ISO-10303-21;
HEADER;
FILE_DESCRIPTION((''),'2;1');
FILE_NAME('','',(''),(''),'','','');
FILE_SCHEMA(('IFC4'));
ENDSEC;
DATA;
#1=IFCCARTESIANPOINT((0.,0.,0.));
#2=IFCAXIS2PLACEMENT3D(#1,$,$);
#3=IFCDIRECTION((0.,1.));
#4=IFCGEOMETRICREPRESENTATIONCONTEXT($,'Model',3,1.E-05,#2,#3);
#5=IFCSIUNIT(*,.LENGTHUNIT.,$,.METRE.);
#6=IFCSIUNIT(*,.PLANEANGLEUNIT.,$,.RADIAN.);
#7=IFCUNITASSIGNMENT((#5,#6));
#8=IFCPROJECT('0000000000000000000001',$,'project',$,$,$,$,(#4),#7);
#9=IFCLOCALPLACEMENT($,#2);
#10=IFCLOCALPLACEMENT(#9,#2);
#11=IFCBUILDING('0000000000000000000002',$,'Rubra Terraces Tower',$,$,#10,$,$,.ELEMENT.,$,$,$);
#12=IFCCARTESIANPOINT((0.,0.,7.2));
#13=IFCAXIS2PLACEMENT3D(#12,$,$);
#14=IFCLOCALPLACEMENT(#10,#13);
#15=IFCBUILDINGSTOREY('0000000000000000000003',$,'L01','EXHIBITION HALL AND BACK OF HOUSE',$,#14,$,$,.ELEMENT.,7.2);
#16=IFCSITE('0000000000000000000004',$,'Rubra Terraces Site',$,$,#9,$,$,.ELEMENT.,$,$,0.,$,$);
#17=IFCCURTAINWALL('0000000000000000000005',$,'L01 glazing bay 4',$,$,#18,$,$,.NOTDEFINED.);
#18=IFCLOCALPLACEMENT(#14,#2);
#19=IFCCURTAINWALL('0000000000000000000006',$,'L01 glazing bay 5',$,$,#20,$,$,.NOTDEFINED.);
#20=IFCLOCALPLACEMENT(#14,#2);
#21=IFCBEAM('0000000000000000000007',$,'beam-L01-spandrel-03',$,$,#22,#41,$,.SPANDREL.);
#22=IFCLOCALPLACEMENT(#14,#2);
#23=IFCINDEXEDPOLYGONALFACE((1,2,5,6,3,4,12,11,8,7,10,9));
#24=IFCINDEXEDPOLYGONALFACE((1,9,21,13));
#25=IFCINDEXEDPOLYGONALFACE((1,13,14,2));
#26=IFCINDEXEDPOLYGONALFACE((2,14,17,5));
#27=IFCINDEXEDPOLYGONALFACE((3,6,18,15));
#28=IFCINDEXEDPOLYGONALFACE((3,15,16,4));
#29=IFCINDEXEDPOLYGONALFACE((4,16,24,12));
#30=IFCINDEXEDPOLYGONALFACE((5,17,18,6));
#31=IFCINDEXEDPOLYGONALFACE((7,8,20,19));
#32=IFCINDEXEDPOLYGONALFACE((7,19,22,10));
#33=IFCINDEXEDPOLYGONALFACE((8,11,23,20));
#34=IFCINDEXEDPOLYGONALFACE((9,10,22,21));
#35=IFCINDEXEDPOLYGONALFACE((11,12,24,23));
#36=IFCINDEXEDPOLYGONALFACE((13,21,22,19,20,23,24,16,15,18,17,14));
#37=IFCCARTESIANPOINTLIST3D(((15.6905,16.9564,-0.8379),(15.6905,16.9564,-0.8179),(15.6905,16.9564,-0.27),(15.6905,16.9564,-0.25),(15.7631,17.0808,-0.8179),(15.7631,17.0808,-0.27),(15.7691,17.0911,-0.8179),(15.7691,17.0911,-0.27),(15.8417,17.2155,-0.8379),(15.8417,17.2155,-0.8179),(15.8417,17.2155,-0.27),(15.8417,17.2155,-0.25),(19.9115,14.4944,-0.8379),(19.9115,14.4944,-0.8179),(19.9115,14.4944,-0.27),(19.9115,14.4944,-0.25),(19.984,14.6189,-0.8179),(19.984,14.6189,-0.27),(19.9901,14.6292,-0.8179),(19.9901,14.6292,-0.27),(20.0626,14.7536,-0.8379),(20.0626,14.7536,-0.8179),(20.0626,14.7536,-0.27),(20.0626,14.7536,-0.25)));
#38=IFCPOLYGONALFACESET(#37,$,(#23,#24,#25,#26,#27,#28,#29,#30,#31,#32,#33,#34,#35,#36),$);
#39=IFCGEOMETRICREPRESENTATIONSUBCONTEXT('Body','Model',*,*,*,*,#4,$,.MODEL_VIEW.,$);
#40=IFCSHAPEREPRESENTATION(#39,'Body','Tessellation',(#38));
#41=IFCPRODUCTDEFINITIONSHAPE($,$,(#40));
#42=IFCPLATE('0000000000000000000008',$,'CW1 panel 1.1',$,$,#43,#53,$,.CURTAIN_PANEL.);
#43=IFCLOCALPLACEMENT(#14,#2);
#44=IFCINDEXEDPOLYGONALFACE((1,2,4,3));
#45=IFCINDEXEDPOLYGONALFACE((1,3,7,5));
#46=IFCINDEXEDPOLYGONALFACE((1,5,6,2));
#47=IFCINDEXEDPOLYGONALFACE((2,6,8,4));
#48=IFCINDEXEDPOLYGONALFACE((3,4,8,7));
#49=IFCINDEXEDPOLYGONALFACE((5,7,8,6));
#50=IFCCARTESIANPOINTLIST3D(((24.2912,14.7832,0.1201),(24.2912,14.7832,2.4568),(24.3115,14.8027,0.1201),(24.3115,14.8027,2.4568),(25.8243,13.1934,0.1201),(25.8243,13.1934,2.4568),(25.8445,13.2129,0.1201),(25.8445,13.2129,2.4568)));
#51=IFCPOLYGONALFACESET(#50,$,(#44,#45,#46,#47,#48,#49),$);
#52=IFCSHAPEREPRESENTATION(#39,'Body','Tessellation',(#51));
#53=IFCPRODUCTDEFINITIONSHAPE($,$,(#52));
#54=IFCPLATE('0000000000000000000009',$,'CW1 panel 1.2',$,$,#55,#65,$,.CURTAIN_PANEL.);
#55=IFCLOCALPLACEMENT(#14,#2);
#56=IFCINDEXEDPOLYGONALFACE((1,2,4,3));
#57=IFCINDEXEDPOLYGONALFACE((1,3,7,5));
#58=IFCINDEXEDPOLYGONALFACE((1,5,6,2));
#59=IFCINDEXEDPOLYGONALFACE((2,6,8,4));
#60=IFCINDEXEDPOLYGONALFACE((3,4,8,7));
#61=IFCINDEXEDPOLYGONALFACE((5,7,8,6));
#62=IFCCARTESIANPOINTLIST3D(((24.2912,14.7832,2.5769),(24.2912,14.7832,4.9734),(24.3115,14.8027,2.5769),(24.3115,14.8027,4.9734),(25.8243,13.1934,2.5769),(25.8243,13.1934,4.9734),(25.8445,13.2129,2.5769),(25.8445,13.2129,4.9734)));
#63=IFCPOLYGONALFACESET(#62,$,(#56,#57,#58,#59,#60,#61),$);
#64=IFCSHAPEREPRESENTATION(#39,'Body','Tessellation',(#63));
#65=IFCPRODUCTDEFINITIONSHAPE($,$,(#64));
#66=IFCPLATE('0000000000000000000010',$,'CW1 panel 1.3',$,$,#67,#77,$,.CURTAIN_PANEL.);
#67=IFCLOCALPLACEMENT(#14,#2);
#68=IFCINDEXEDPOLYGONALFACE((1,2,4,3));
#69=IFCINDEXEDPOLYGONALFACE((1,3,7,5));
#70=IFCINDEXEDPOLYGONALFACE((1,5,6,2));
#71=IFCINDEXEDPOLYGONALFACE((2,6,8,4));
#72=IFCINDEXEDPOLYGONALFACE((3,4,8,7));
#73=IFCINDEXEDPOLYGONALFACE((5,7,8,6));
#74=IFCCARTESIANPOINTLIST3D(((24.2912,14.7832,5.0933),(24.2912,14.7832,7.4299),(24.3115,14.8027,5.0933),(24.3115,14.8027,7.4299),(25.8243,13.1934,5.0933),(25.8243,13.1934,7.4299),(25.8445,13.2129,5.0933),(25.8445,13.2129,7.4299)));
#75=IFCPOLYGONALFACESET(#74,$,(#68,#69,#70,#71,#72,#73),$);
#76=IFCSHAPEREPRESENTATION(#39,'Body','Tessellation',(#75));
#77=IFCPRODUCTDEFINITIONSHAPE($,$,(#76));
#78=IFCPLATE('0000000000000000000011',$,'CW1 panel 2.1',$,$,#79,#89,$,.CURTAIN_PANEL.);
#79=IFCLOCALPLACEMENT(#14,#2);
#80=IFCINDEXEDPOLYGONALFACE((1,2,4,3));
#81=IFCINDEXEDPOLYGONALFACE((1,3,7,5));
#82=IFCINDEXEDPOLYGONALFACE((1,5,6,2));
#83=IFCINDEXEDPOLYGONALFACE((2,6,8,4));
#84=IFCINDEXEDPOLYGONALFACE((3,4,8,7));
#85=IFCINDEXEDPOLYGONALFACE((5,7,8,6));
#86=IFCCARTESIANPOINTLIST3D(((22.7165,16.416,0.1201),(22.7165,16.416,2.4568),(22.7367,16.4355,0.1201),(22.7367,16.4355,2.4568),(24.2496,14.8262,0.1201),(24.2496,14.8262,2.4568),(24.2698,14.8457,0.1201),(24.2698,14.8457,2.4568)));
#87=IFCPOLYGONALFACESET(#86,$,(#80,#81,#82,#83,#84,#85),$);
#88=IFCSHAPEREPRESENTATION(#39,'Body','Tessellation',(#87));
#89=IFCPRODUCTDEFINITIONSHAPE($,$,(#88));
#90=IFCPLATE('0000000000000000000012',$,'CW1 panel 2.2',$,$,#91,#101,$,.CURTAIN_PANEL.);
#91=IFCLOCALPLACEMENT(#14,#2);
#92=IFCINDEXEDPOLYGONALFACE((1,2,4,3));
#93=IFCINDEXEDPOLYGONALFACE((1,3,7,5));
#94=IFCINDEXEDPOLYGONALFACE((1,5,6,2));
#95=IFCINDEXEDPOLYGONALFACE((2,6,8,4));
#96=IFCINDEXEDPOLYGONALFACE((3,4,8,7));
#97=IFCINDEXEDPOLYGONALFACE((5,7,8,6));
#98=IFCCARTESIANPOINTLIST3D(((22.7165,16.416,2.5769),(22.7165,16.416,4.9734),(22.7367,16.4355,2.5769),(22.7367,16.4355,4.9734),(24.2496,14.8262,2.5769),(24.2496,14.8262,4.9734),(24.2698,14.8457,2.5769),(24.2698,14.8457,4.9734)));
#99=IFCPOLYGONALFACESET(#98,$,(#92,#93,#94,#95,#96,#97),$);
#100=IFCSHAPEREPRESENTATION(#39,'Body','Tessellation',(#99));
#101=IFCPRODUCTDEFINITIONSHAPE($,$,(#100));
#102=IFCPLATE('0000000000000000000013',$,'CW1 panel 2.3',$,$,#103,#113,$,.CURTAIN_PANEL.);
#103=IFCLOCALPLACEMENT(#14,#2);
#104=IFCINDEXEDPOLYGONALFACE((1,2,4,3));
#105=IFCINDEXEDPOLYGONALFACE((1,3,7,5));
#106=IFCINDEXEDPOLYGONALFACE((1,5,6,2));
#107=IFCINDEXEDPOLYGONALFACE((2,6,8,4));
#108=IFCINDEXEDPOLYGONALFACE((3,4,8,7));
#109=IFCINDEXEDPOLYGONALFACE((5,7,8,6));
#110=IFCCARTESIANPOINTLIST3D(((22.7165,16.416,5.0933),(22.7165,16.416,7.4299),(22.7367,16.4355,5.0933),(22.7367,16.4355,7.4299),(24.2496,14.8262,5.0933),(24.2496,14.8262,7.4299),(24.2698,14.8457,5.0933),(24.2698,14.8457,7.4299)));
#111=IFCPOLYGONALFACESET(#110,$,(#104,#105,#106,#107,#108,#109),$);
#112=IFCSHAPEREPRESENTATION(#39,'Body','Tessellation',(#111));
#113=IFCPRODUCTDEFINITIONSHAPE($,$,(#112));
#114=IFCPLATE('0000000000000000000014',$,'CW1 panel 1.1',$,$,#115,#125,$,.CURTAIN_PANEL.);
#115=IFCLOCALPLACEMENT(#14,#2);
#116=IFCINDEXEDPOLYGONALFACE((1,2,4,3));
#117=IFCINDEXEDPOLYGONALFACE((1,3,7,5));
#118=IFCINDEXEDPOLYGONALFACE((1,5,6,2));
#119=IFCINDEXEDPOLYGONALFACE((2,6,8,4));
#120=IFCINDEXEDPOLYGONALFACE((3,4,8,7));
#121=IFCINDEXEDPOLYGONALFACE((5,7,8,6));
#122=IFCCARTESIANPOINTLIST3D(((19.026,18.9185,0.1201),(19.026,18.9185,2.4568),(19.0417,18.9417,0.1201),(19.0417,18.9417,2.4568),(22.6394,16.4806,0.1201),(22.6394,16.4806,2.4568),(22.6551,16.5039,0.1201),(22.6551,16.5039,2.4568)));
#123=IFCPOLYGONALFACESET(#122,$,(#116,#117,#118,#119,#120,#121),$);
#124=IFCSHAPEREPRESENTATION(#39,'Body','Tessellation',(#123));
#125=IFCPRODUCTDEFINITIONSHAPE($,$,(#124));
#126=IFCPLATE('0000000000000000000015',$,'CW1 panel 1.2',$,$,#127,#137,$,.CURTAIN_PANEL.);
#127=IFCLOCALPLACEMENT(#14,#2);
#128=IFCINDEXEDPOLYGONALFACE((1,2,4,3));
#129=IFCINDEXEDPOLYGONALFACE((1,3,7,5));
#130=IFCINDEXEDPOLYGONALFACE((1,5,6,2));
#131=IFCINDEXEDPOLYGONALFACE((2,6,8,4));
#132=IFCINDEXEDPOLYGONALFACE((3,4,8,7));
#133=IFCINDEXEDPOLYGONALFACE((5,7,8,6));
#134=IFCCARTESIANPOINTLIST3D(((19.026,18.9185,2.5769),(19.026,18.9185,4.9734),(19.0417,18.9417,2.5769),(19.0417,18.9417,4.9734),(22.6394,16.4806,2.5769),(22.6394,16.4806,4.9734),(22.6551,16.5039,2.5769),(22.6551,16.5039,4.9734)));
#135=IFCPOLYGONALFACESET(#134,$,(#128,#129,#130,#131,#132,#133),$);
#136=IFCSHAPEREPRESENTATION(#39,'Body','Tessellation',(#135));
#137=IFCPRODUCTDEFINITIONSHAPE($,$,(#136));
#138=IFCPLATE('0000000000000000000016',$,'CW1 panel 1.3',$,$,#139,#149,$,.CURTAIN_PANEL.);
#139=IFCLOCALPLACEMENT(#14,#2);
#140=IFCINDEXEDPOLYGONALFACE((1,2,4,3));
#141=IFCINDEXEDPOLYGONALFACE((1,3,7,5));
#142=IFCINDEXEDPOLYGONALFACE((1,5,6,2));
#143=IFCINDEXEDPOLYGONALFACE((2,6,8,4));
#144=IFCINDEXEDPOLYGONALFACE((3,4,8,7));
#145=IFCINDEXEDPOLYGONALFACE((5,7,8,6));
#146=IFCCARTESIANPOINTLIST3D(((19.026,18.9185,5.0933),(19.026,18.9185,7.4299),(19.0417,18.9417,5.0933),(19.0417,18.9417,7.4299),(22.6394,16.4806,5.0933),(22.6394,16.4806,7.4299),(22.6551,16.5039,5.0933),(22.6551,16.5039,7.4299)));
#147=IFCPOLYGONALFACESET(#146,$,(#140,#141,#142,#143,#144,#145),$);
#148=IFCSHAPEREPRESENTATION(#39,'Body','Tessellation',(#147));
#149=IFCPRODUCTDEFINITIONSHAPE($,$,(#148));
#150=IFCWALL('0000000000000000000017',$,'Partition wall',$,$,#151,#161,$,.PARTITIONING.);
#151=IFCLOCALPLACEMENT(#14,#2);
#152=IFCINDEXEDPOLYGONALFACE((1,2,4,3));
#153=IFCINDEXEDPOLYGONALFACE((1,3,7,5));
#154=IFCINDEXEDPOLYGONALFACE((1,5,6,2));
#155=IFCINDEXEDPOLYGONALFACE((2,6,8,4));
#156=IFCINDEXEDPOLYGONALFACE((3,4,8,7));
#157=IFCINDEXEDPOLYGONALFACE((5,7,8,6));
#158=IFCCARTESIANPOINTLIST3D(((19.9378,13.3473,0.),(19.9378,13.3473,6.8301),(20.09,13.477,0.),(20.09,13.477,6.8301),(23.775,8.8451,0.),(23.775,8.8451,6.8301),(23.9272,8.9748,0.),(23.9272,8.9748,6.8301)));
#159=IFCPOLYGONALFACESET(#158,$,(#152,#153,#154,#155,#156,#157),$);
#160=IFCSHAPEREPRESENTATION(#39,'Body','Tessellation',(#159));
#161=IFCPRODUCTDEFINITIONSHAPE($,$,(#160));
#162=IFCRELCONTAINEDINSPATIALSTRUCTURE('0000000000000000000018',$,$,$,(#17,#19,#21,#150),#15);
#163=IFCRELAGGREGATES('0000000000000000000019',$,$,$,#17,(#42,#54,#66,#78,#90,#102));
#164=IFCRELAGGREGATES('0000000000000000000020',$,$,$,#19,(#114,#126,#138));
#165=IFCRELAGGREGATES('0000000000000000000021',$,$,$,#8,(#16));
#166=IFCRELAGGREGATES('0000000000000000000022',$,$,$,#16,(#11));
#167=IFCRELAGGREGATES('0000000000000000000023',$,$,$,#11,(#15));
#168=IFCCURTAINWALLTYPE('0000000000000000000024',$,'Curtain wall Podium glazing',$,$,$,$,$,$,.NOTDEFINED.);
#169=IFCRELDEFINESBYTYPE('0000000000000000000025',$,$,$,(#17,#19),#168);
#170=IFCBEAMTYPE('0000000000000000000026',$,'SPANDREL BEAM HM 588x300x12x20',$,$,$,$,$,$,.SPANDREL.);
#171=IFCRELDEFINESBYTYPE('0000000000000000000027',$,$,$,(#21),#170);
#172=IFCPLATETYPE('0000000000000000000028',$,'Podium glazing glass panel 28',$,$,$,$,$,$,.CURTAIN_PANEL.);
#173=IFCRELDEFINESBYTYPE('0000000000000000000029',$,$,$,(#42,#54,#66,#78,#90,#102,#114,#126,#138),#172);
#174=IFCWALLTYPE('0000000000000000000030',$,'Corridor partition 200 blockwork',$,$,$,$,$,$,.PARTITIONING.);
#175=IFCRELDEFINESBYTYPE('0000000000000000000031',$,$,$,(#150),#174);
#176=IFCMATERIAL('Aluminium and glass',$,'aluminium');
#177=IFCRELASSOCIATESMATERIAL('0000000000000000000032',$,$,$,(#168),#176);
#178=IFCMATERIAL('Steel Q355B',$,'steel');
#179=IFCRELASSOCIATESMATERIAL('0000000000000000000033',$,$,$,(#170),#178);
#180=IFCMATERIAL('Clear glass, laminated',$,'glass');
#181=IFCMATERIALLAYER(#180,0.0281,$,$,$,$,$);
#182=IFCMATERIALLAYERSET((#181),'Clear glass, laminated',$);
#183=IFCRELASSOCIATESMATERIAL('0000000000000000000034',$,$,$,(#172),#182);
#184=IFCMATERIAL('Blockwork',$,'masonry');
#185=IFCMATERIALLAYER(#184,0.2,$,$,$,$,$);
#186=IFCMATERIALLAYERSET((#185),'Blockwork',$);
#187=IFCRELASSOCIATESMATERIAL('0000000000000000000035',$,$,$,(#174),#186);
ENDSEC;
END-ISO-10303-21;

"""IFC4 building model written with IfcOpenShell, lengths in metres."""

from ifc_helpers import new_model, si_unit, direction, frame, frame_2d, origin, origin_2d, place, context, subcontext, project, spatial, rectangle, i_section, extrude, material, layer, layer_set, material_profile, profile_set, type_object, element, aggregate, save


model = new_model("IFC4")

# Units and contexts
model_context = context("Model", 3, precision=1e-05, world=origin(), true_north=direction((0.0, 1.0)))
body_context = subcontext(model_context, "Body", "Model", "MODEL_VIEW")
ifc_project = project(units=[si_unit("LENGTHUNIT", "METRE"), si_unit("PLANEANGLEUNIT", "RADIAN")], contexts=[model_context])

# Site, building, storey
site_placement = place(None, origin())
site = spatial("IfcSite", under=ifc_project, at=site_placement, Name="Rubra Terraces Site", CompositionType="ELEMENT", RefElevation=0.0)
building_placement = place(site_placement, origin())
building = spatial("IfcBuilding", under=site, at=building_placement, Name="Rubra Terraces Tower", CompositionType="ELEMENT")
storey_placement = place(building_placement, frame((0.0, 0.0, 7.2)))
storey = spatial("IfcBuildingStorey", under=building, at=storey_placement, Name="L01", Description="EXHIBITION HALL AND BACK OF HOUSE", CompositionType="ELEMENT", Elevation=7.2)

# Shared definitions
ifc_material_1 = material(Name="Steel Q355B", Category="steel")

# Curtain walls
ifc_material_2 = material(Name="Aluminium and glass", Category="aluminium")
curtain_wall_type = type_object("IfcCurtainWallType", Name="Curtain wall Podium glazing", PredefinedType="NOTDEFINED", material=ifc_material_2)
curtain_wall_1_placement = place(storey_placement, origin())
curtain_wall_1 = element("IfcCurtainWall", 1, at=curtain_wall_1_placement, inside=storey, type_object=curtain_wall_type, Name="L01 glazing bay 4", PredefinedType="NOTDEFINED")
curtain_wall_2_placement = place(storey_placement, origin())
curtain_wall_2 = element("IfcCurtainWall", 2, at=curtain_wall_2_placement, inside=storey, type_object=curtain_wall_type, Name="L01 glazing bay 5", PredefinedType="NOTDEFINED")

# Beam
ifc_material_profile_1 = material_profile(ifc_material_1, i_section(OverallWidth=0.3, OverallDepth=0.5879, WebThickness=0.012, FlangeThickness=0.02, at=origin_2d()), Name="HM 588x300x12x20")
ifc_profile_set_1 = profile_set([ifc_material_profile_1], Name="Steel Q355B")
beam_type_1 = type_object("IfcBeamType", Name="SPANDREL BEAM HM 588x300x12x20", PredefinedType="SPANDREL", material=ifc_profile_set_1)
beam_1_placement = place(storey_placement, frame((19.9871, 14.624, -0.5439), z_axis=(-0.863806, 0.503824, 0.0), x_axis=(-0.503824, -0.863806, 0.0)))
element("IfcBeam", 3, at=beam_1_placement, inside=storey, type_object=beam_type_1, Name="beam-L01-spandrel-03", PredefinedType="SPANDREL", context=body_context, shape_type="SweptSolid", body=[
    extrude(i_section(OverallWidth=0.3, OverallDepth=0.5879, WebThickness=0.012, FlangeThickness=0.02, at=origin_2d()), origin(), (0.0, 0.0, 1.0), 4.8865),
])

# Plates
ifc_material_3 = material(Name="Clear glass, laminated", Category="glass")
ifc_layer_1 = layer(ifc_material_3, 0.0281)
ifc_layer_set_1 = layer_set([ifc_layer_1], Name="Clear glass, laminated")
plate_type = type_object("IfcPlateType", Name="Podium glazing glass panel 28", PredefinedType="CURTAIN_PANEL", material=ifc_layer_set_1)
plate_1_placement = place(storey_placement, frame((25.0679, 13.998, 0.1201), z_axis=(0.0, 0.0, 1.0), x_axis=(-0.694156, 0.719825, 0.0)))
plate_1 = element("IfcPlate", 4, at=plate_1_placement, type_object=plate_type, Name="CW1 panel 1.1", PredefinedType="CURTAIN_PANEL", context=body_context, shape_type="SweptSolid", body=[
    extrude(rectangle(XDim=2.2085, YDim=0.0281, at=origin_2d()), origin(), (0.0, 0.0, 1.0), 2.3367),
])
plate_2_placement = place(storey_placement, frame((25.0679, 13.998, 2.5769), z_axis=(0.0, 0.0, 1.0), x_axis=(-0.694156, 0.719825, 0.0)))
plate_2 = element("IfcPlate", 5, at=plate_2_placement, type_object=plate_type, Name="CW1 panel 1.2", PredefinedType="CURTAIN_PANEL", context=body_context, shape_type="SweptSolid", body=[
    extrude(rectangle(XDim=2.2085, YDim=0.0281, at=origin_2d()), origin(), (0.0, 0.0, 1.0), 2.3965),
])
plate_3_placement = place(storey_placement, frame((25.0679, 13.998, 5.0933), z_axis=(0.0, 0.0, 1.0), x_axis=(-0.694156, 0.719825, 0.0)))
plate_3 = element("IfcPlate", 6, at=plate_3_placement, type_object=plate_type, Name="CW1 panel 1.3", PredefinedType="CURTAIN_PANEL", context=body_context, shape_type="SweptSolid", body=[
    extrude(rectangle(XDim=2.2085, YDim=0.0281, at=origin_2d()), origin(), (0.0, 0.0, 1.0), 2.3367),
])
plate_4_placement = place(storey_placement, frame((23.4932, 15.6309, 0.1201), z_axis=(0.0, 0.0, 1.0), x_axis=(-0.694156, 0.719825, 0.0)))
plate_4 = element("IfcPlate", 7, at=plate_4_placement, type_object=plate_type, Name="CW1 panel 2.1", PredefinedType="CURTAIN_PANEL", context=body_context, shape_type="SweptSolid", body=[
    extrude(rectangle(XDim=2.2085, YDim=0.0281, at=origin_2d()), origin(), (0.0, 0.0, 1.0), 2.3367),
])
plate_5_placement = place(storey_placement, frame((23.4932, 15.6309, 2.5769), z_axis=(0.0, 0.0, 1.0), x_axis=(-0.694156, 0.719825, 0.0)))
plate_5 = element("IfcPlate", 8, at=plate_5_placement, type_object=plate_type, Name="CW1 panel 2.2", PredefinedType="CURTAIN_PANEL", context=body_context, shape_type="SweptSolid", body=[
    extrude(rectangle(XDim=2.2085, YDim=0.0281, at=origin_2d()), origin(), (0.0, 0.0, 1.0), 2.3965),
])
plate_6_placement = place(storey_placement, frame((23.4932, 15.6309, 5.0933), z_axis=(0.0, 0.0, 1.0), x_axis=(-0.694156, 0.719825, 0.0)))
plate_6 = element("IfcPlate", 9, at=plate_6_placement, type_object=plate_type, Name="CW1 panel 2.3", PredefinedType="CURTAIN_PANEL", context=body_context, shape_type="SweptSolid", body=[
    extrude(rectangle(XDim=2.2085, YDim=0.0281, at=origin_2d()), origin(), (0.0, 0.0, 1.0), 2.3367),
])
aggregate(curtain_wall_1, [plate_1, plate_2, plate_3, plate_4, plate_5, plate_6])
plate_7_placement = place(storey_placement, frame((20.8406, 17.7112, 0.1201), z_axis=(0.0, 0.0, 1.0), x_axis=(-0.828981, 0.559277, 0.0)))
plate_7 = element("IfcPlate", 10, at=plate_7_placement, type_object=plate_type, Name="CW1 panel 1.1", PredefinedType="CURTAIN_PANEL", context=body_context, shape_type="SweptSolid", body=[
    extrude(rectangle(XDim=4.3589, YDim=0.0281, at=origin_2d()), origin(), (0.0, 0.0, 1.0), 2.3367),
])
plate_8_placement = place(storey_placement, frame((20.8406, 17.7112, 2.5769), z_axis=(0.0, 0.0, 1.0), x_axis=(-0.828981, 0.559277, 0.0)))
plate_8 = element("IfcPlate", 11, at=plate_8_placement, type_object=plate_type, Name="CW1 panel 1.2", PredefinedType="CURTAIN_PANEL", context=body_context, shape_type="SweptSolid", body=[
    extrude(rectangle(XDim=4.3589, YDim=0.0281, at=origin_2d()), origin(), (0.0, 0.0, 1.0), 2.3965),
])
plate_9_placement = place(storey_placement, frame((20.8406, 17.7112, 5.0933), z_axis=(0.0, 0.0, 1.0), x_axis=(-0.828981, 0.559277, 0.0)))
plate_9 = element("IfcPlate", 12, at=plate_9_placement, type_object=plate_type, Name="CW1 panel 1.3", PredefinedType="CURTAIN_PANEL", context=body_context, shape_type="SweptSolid", body=[
    extrude(rectangle(XDim=4.3589, YDim=0.0281, at=origin_2d()), origin(), (0.0, 0.0, 1.0), 2.3367),
])
aggregate(curtain_wall_2, [plate_7, plate_8, plate_9])

# Wall
ifc_material_4 = material(Name="Blockwork", Category="masonry")
ifc_layer_2 = layer(ifc_material_4, 0.2)
ifc_layer_set_2 = layer_set([ifc_layer_2], Name="Blockwork")
wall_type = type_object("IfcWallType", Name="Corridor partition 200 blockwork", PredefinedType="PARTITIONING", material=ifc_layer_set_2)
wall_placement = place(storey_placement, frame((20.0139, 13.4121, 0.0), z_axis=(0.0, 0.0, 1.0), x_axis=(0.648658, -0.76108, 0.0)))
element("IfcWall", 13, at=wall_placement, inside=storey, type_object=wall_type, Name="Partition wall", PredefinedType="PARTITIONING", context=body_context, shape_type="SweptSolid", body=[
    extrude(rectangle(XDim=5.9155, YDim=0.2, at=frame_2d((2.9578, 0.0))), origin(), (0.0, 0.0, 1.0), 6.8301),
])

save(model, "model.ifc")
